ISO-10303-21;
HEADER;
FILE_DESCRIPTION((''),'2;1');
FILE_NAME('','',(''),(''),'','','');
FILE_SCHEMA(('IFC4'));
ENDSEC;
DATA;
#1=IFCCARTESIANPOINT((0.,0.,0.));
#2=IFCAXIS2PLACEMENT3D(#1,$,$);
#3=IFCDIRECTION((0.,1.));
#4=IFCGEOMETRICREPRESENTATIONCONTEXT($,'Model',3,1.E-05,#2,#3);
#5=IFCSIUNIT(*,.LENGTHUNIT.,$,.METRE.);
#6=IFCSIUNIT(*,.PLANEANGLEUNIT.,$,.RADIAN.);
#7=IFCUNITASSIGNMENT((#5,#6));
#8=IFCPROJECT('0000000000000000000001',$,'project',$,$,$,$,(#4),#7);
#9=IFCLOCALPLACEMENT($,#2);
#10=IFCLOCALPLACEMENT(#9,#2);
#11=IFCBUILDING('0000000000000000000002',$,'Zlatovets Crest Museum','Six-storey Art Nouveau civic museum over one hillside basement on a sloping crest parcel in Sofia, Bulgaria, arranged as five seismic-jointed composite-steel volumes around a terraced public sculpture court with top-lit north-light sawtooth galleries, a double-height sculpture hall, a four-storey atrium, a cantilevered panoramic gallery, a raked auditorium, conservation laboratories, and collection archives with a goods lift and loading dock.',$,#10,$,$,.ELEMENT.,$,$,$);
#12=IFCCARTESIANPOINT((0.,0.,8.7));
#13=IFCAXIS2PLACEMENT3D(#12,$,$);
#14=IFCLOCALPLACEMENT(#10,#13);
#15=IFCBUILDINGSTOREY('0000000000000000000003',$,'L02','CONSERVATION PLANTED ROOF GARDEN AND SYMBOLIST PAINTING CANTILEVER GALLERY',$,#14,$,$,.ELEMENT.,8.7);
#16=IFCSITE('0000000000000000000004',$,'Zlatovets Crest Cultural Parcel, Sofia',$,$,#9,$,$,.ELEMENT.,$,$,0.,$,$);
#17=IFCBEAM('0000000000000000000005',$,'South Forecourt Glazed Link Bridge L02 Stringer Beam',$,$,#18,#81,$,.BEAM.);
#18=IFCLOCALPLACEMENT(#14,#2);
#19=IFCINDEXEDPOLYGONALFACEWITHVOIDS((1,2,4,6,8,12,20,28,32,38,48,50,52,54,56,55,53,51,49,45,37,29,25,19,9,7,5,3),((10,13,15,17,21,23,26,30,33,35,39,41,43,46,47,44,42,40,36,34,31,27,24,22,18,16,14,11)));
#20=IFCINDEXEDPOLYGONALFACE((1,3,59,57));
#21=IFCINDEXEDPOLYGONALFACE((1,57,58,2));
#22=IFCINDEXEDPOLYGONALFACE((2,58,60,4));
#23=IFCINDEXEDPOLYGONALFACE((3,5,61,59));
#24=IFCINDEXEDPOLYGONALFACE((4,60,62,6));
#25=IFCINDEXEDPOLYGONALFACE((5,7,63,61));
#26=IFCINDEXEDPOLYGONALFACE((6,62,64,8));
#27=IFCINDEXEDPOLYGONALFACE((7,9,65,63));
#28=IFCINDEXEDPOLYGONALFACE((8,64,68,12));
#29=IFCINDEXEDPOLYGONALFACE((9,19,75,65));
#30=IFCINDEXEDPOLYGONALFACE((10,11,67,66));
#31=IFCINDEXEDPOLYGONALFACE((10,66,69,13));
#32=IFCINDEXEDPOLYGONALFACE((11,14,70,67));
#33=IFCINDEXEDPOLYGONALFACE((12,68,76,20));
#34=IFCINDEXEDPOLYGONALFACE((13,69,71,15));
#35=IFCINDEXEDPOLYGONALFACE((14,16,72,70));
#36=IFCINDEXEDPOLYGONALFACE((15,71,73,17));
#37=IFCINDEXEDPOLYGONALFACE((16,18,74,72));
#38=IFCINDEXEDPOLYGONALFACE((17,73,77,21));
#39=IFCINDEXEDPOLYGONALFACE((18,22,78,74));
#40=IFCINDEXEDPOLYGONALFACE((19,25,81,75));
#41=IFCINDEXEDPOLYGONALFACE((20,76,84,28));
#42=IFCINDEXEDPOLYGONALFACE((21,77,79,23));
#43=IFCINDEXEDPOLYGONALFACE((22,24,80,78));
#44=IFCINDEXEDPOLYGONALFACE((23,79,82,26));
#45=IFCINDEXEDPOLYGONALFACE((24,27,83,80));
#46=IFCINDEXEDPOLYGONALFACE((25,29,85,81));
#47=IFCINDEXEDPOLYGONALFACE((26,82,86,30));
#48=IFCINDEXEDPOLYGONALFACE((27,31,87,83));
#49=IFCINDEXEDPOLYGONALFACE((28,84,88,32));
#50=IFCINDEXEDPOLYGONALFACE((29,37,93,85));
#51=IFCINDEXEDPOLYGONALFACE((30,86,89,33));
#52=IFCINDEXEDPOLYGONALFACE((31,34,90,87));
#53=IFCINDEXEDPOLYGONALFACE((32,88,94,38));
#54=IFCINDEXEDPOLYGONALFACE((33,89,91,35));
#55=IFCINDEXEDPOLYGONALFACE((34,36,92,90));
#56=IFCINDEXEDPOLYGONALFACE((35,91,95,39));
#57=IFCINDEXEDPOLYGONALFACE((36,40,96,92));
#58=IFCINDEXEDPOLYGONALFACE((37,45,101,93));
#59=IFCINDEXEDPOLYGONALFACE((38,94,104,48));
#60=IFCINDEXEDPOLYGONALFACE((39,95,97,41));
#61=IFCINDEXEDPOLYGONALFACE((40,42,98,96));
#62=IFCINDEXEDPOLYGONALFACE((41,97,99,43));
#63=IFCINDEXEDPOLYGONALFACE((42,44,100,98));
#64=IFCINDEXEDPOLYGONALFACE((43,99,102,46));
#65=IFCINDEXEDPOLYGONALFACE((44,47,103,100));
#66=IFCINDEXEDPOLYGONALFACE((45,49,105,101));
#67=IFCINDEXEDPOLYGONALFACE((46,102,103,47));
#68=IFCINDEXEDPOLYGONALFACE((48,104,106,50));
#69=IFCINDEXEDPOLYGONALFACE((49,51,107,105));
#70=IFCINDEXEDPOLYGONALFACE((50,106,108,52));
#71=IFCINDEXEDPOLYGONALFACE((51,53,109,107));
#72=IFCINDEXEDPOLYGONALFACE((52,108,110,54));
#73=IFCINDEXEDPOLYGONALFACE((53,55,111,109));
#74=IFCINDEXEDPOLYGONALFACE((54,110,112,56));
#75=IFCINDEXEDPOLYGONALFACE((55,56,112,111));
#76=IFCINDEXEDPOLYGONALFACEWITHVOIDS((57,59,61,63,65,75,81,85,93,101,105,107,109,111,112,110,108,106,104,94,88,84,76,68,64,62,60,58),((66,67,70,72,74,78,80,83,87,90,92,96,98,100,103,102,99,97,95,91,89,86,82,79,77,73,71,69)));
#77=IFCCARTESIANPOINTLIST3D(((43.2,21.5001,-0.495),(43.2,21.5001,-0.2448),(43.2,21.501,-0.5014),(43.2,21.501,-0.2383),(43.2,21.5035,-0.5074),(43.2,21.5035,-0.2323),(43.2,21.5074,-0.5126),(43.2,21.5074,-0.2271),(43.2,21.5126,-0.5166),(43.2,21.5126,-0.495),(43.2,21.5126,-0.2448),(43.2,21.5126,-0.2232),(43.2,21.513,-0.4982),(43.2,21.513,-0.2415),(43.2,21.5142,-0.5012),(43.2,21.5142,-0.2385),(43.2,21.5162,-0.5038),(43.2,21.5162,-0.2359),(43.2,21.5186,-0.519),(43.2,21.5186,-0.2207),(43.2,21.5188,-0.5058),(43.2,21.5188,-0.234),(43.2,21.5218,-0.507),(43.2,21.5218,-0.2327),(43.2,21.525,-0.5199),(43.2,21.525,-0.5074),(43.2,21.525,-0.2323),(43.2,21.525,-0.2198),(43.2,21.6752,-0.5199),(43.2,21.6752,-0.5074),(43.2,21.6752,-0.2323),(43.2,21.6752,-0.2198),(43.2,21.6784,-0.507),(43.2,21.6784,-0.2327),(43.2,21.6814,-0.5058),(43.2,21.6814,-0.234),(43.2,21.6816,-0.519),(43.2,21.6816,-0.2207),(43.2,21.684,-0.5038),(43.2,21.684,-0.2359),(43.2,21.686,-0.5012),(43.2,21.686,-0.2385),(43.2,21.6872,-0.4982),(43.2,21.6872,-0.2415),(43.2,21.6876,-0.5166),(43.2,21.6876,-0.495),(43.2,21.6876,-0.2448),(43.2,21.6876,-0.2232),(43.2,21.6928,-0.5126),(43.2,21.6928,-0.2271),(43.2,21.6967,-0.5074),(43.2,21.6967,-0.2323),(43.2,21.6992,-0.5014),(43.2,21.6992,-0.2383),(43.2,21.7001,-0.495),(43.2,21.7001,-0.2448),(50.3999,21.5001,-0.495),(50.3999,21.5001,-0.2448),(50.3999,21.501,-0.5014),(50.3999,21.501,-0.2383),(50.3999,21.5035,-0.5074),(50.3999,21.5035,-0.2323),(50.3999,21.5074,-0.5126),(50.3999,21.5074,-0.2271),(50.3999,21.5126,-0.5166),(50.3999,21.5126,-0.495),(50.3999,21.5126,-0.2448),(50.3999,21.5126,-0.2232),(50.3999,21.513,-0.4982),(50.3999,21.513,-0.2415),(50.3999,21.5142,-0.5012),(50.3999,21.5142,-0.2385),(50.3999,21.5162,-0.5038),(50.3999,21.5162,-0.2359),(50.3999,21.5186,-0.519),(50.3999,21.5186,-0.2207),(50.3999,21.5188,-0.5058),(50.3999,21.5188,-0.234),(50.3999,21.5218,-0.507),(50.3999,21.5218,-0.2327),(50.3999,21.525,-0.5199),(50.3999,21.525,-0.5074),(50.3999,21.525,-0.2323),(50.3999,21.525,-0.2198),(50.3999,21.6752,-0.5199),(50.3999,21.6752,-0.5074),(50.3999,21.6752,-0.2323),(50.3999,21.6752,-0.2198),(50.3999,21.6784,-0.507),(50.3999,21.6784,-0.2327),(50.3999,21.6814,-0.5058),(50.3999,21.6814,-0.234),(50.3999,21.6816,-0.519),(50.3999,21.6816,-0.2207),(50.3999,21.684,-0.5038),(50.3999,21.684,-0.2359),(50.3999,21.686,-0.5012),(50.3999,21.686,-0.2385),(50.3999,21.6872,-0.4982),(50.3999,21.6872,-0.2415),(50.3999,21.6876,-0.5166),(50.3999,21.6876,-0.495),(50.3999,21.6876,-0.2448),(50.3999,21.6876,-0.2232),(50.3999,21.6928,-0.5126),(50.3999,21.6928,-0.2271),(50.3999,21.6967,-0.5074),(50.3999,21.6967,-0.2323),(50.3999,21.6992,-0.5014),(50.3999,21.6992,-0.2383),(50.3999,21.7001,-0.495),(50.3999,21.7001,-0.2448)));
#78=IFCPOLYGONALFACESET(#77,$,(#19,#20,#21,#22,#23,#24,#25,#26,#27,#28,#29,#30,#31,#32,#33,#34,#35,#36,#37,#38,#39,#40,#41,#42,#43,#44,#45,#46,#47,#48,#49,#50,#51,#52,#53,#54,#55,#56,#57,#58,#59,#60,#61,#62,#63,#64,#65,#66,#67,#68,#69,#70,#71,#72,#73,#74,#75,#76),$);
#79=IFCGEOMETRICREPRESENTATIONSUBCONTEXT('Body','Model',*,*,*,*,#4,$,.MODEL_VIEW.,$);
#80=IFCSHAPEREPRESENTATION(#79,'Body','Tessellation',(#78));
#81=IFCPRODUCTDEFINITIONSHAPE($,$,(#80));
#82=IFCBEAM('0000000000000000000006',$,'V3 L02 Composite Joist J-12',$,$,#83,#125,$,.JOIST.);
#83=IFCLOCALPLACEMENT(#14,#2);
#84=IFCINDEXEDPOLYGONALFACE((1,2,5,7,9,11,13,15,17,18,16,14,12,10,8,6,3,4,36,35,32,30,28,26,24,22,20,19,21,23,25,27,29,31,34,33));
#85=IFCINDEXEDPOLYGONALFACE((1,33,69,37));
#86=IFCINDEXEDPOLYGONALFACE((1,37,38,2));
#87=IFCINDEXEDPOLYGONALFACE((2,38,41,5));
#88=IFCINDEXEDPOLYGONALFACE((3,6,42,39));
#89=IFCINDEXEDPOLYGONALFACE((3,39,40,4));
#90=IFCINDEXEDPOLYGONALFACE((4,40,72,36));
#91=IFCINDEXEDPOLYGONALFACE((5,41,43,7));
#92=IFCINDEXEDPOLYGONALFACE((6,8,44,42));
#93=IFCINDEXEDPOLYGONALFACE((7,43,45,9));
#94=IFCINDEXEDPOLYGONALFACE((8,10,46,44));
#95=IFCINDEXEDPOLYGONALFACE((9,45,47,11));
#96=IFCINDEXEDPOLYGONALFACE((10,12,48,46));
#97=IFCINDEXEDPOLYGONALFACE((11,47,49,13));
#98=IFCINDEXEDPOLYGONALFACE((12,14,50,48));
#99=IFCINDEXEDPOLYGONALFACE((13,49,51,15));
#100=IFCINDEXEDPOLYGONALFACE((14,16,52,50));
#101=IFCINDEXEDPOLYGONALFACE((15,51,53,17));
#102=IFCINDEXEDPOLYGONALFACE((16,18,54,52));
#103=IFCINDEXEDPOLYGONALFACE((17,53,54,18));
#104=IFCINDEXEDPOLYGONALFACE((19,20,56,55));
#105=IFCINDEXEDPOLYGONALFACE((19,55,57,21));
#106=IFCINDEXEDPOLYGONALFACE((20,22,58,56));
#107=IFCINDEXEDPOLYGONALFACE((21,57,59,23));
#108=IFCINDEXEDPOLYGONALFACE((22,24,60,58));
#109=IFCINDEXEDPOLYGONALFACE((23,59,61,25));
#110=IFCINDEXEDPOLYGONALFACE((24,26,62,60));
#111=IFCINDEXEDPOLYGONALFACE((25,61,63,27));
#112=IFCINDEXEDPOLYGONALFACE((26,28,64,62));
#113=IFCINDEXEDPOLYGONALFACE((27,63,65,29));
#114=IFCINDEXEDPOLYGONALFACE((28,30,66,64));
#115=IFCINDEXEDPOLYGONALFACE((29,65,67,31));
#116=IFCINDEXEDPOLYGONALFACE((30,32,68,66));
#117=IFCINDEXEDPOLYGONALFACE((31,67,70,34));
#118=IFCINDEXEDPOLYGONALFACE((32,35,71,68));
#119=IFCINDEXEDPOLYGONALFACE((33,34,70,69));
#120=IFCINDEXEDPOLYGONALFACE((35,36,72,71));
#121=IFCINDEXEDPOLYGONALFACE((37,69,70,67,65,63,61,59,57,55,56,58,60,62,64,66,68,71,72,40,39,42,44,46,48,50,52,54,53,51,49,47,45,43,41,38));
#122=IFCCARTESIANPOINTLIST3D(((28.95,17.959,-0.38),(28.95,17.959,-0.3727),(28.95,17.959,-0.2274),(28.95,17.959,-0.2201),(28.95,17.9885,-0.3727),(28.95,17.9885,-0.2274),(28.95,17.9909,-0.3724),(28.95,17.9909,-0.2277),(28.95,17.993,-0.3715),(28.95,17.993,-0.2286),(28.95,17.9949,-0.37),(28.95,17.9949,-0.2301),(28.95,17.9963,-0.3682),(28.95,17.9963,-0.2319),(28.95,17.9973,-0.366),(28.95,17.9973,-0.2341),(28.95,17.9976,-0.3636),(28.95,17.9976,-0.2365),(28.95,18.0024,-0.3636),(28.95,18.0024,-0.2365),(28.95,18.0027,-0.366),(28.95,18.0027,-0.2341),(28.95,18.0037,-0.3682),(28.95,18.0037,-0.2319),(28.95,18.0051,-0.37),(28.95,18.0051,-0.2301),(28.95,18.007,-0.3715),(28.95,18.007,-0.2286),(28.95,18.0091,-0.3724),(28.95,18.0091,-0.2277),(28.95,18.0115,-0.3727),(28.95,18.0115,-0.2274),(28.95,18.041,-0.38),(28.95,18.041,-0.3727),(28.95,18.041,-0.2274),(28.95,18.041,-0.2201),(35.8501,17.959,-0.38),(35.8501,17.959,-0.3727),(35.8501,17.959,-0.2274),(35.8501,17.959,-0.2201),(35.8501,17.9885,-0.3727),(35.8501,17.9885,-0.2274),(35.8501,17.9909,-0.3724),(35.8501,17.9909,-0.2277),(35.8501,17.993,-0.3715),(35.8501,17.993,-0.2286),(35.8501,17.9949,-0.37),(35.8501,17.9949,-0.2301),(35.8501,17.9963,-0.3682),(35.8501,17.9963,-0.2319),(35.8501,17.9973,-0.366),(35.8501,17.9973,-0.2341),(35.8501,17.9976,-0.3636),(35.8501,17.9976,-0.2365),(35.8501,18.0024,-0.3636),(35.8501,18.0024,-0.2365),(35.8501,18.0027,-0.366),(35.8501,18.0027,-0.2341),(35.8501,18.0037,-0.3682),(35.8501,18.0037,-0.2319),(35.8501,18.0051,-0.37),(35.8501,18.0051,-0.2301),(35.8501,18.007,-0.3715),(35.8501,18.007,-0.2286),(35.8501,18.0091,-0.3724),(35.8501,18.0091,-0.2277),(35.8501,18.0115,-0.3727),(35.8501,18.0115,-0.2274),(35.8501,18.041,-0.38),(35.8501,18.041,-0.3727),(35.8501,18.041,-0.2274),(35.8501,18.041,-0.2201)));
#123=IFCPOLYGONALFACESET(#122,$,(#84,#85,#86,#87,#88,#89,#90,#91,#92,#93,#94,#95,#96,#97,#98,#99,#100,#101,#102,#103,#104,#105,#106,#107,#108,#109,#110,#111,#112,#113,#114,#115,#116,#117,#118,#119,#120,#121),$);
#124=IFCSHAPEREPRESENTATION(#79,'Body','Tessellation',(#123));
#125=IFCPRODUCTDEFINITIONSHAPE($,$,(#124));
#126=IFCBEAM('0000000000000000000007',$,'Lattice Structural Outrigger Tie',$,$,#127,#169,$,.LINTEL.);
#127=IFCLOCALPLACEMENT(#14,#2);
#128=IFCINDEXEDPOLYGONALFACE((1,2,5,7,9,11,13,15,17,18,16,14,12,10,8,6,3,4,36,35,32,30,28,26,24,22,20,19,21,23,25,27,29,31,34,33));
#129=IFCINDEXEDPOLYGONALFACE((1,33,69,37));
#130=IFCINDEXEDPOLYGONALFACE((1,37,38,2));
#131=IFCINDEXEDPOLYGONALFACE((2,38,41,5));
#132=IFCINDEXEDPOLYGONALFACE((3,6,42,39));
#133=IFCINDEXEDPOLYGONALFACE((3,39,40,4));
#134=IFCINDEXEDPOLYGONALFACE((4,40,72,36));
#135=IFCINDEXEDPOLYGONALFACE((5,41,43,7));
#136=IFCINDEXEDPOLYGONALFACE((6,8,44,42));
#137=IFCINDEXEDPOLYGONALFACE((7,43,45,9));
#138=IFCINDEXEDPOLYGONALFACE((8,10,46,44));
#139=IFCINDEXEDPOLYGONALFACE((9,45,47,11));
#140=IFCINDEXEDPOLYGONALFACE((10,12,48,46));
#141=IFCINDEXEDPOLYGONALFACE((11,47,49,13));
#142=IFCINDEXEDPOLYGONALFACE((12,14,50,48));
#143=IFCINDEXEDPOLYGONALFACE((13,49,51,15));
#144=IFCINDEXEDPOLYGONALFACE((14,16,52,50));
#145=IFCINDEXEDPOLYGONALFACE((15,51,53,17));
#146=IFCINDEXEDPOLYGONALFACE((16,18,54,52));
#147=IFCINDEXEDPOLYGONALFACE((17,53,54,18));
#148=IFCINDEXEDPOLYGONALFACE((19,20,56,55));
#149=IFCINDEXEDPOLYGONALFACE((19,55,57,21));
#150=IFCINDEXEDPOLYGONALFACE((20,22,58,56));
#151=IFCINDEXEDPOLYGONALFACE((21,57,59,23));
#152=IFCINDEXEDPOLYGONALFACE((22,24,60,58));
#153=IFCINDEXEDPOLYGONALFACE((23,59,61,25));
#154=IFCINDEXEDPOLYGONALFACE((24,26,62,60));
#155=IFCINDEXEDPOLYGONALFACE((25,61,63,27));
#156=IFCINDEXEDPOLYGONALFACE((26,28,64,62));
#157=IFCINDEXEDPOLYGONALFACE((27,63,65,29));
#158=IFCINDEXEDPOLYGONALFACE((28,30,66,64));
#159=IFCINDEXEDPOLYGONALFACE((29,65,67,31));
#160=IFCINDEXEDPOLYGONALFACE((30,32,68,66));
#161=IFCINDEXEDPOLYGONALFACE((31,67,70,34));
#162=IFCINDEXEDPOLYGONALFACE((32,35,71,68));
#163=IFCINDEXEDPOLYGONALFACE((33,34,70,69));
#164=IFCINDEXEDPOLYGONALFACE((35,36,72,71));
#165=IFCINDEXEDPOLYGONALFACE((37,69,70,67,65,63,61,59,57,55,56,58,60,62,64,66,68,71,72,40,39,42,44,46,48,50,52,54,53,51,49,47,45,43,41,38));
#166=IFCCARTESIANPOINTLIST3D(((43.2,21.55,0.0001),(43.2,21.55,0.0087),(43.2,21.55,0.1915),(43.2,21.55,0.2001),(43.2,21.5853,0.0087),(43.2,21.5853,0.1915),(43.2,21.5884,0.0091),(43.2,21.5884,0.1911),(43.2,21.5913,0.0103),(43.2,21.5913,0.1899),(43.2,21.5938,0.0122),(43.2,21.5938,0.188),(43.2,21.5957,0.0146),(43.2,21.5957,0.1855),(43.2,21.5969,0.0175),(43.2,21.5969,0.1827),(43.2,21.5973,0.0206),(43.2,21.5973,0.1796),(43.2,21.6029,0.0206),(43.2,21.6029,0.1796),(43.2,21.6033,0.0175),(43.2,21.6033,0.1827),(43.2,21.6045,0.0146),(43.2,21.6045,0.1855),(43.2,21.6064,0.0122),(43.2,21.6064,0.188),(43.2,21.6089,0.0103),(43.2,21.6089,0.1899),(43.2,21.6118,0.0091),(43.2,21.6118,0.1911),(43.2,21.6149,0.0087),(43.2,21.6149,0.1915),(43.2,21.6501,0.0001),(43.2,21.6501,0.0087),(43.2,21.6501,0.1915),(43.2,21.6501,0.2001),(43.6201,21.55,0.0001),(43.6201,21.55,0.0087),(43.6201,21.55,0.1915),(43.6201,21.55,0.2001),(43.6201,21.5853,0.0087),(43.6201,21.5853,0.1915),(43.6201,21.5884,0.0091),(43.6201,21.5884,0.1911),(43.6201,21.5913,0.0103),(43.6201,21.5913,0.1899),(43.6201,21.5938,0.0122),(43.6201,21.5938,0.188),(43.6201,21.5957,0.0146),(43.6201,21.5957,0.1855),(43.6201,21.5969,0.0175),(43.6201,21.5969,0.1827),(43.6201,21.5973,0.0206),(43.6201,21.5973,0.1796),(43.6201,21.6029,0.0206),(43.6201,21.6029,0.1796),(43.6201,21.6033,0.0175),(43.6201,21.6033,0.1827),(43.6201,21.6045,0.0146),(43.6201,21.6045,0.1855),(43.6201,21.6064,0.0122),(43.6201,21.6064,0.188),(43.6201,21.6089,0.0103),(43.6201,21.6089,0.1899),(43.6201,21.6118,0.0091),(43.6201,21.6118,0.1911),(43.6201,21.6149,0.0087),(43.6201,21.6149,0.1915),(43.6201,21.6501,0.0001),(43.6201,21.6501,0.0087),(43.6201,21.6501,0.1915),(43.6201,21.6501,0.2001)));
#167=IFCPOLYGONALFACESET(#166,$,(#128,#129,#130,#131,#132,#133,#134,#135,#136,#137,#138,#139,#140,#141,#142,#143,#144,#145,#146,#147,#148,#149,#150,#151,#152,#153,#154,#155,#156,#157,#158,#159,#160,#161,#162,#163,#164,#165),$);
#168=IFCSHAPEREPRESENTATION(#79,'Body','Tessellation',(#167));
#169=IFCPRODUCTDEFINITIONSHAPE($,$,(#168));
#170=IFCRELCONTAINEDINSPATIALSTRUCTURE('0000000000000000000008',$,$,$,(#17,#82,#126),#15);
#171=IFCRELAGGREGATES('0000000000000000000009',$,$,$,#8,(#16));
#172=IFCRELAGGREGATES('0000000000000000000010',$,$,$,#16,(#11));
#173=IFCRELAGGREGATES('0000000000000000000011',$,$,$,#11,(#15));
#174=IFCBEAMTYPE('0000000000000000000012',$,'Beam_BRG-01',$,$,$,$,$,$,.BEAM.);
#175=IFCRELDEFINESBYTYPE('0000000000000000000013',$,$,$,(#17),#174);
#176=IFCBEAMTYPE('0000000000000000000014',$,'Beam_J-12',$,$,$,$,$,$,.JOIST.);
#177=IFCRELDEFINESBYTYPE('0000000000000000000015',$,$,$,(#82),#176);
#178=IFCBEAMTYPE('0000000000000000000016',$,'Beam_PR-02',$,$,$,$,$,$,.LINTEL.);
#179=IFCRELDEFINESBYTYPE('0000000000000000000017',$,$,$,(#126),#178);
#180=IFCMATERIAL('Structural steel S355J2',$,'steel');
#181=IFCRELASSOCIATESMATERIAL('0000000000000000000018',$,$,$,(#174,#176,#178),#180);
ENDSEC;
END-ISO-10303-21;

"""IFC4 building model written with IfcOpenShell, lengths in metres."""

from ifc_helpers import new_model, si_unit, direction, frame, origin, origin_2d, place, context, subcontext, project, spatial, hollow_rectangle, i_section, extrude, material, material_profile, profile_set, type_object, element, save


model = new_model("IFC4")

# Units and contexts
model_context = context("Model", 3, precision=1e-05, world=origin(), true_north=direction((0.0, 1.0)))
body_context = subcontext(model_context, "Body", "Model", "MODEL_VIEW")
ifc_project = project(units=[si_unit("LENGTHUNIT", "METRE"), si_unit("PLANEANGLEUNIT", "RADIAN")], contexts=[model_context])

# Site, building, storey
site_placement = place(None, origin())
site = spatial("IfcSite", under=ifc_project, at=site_placement, Name="Zlatovets Crest Cultural Parcel, Sofia", CompositionType="ELEMENT", RefElevation=0.0)
building_placement = place(site_placement, origin())
building = spatial("IfcBuilding", under=site, at=building_placement, Name="Zlatovets Crest Museum", Description="Six-storey Art Nouveau civic museum over one hillside basement on a sloping crest parcel in Sofia, Bulgaria, arranged as five seismic-jointed composite-steel volumes around a terraced public sculpture court with top-lit north-light sawtooth galleries, a double-height sculpture hall, a four-storey atrium, a cantilevered panoramic gallery, a raked auditorium, conservation laboratories, and collection archives with a goods lift and loading dock.", CompositionType="ELEMENT")
storey_placement = place(building_placement, frame((0.0, 0.0, 8.7)))
storey = spatial("IfcBuildingStorey", under=building, at=storey_placement, Name="L02", Description="CONSERVATION PLANTED ROOF GARDEN AND SYMBOLIST PAINTING CANTILEVER GALLERY", CompositionType="ELEMENT", Elevation=8.7)

# Shared definitions
ifc_material_1 = material(Name="Structural steel S355J2", Category="steel")

# Beams
ifc_material_profile_1 = material_profile(ifc_material_1, hollow_rectangle(XDim=0.2, YDim=0.3, WallThickness=0.0125, InnerFilletRadius=0.0125, OuterFilletRadius=0.0249, at=origin_2d()), Name="RHS 200x300x12.5")
ifc_profile_set_1 = profile_set([ifc_material_profile_1], Name="Structural steel S355J2")
beam_type_1 = type_object("IfcBeamType", Name="Beam_BRG-01", PredefinedType="BEAM", material=ifc_profile_set_1)
beam_1_placement = place(storey_placement, frame((43.2, 21.6001, -0.3699), z_axis=(1.0, 0.0, 0.0), x_axis=(0.0, 1.0, 0.0)))
element("IfcBeam", 1, at=beam_1_placement, inside=storey, type_object=beam_type_1, Name="South Forecourt Glazed Link Bridge L02 Stringer Beam", PredefinedType="BEAM", context=body_context, shape_type="SweptSolid", body=[
    extrude(hollow_rectangle(XDim=0.2, YDim=0.3, WallThickness=0.0125, InnerFilletRadius=0.0125, OuterFilletRadius=0.0249, at=origin_2d()), origin(), (0.0, 0.0, 1.0), 7.2),
])
ifc_material_profile_2 = material_profile(ifc_material_1, i_section(OverallWidth=0.082, OverallDepth=0.1599, WebThickness=0.0049, FlangeThickness=0.0073, FilletRadius=0.009, at=origin_2d()), Name="IPE 160")
ifc_profile_set_2 = profile_set([ifc_material_profile_2], Name="Structural steel S355J2")
beam_type_2 = type_object("IfcBeamType", Name="Beam_J-12", PredefinedType="JOIST", material=ifc_profile_set_2)
beam_2_placement = place(storey_placement, frame((28.95, 18.0, -0.3), z_axis=(1.0, 0.0, 0.0), x_axis=(0.0, 1.0, 0.0)))
element("IfcBeam", 2, at=beam_2_placement, inside=storey, type_object=beam_type_2, Name="V3 L02 Composite Joist J-12", PredefinedType="JOIST", context=body_context, shape_type="SweptSolid", body=[
    extrude(i_section(OverallWidth=0.082, OverallDepth=0.1599, WebThickness=0.0049, FlangeThickness=0.0073, FilletRadius=0.009, at=origin_2d()), origin(), (0.0, 0.0, 1.0), 6.9001),
])
ifc_material_profile_3 = material_profile(ifc_material_1, i_section(OverallWidth=0.1001, OverallDepth=0.2, WebThickness=0.0056, FlangeThickness=0.0085, FilletRadius=0.012, at=origin_2d()), Name="IPE 200")
ifc_profile_set_3 = profile_set([ifc_material_profile_3], Name="Structural steel S355J2")
beam_type_3 = type_object("IfcBeamType", Name="Beam_PR-02", PredefinedType="LINTEL", material=ifc_profile_set_3)
for number, where, z_axis, x_axis, name in (
    (3, (43.2, 21.6001, 0.1001), (1.0, 0.0, 0.0), (0.0, 1.0, 0.0), "Lattice Structural Outrigger Tie"),
):
    element("IfcBeam", number, at=place(storey_placement, frame(where, z_axis=z_axis, x_axis=x_axis)), inside=storey, type_object=beam_type_3, Name=name, PredefinedType="LINTEL", context=body_context, shape_type="SweptSolid", body=[
        extrude(i_section(OverallWidth=0.1001, OverallDepth=0.2, WebThickness=0.0056, FlangeThickness=0.0085, FilletRadius=0.012, at=origin_2d()), origin(), (0.0, 0.0, 1.0), 0.4202),
    ])

save(model, "model.ifc")
